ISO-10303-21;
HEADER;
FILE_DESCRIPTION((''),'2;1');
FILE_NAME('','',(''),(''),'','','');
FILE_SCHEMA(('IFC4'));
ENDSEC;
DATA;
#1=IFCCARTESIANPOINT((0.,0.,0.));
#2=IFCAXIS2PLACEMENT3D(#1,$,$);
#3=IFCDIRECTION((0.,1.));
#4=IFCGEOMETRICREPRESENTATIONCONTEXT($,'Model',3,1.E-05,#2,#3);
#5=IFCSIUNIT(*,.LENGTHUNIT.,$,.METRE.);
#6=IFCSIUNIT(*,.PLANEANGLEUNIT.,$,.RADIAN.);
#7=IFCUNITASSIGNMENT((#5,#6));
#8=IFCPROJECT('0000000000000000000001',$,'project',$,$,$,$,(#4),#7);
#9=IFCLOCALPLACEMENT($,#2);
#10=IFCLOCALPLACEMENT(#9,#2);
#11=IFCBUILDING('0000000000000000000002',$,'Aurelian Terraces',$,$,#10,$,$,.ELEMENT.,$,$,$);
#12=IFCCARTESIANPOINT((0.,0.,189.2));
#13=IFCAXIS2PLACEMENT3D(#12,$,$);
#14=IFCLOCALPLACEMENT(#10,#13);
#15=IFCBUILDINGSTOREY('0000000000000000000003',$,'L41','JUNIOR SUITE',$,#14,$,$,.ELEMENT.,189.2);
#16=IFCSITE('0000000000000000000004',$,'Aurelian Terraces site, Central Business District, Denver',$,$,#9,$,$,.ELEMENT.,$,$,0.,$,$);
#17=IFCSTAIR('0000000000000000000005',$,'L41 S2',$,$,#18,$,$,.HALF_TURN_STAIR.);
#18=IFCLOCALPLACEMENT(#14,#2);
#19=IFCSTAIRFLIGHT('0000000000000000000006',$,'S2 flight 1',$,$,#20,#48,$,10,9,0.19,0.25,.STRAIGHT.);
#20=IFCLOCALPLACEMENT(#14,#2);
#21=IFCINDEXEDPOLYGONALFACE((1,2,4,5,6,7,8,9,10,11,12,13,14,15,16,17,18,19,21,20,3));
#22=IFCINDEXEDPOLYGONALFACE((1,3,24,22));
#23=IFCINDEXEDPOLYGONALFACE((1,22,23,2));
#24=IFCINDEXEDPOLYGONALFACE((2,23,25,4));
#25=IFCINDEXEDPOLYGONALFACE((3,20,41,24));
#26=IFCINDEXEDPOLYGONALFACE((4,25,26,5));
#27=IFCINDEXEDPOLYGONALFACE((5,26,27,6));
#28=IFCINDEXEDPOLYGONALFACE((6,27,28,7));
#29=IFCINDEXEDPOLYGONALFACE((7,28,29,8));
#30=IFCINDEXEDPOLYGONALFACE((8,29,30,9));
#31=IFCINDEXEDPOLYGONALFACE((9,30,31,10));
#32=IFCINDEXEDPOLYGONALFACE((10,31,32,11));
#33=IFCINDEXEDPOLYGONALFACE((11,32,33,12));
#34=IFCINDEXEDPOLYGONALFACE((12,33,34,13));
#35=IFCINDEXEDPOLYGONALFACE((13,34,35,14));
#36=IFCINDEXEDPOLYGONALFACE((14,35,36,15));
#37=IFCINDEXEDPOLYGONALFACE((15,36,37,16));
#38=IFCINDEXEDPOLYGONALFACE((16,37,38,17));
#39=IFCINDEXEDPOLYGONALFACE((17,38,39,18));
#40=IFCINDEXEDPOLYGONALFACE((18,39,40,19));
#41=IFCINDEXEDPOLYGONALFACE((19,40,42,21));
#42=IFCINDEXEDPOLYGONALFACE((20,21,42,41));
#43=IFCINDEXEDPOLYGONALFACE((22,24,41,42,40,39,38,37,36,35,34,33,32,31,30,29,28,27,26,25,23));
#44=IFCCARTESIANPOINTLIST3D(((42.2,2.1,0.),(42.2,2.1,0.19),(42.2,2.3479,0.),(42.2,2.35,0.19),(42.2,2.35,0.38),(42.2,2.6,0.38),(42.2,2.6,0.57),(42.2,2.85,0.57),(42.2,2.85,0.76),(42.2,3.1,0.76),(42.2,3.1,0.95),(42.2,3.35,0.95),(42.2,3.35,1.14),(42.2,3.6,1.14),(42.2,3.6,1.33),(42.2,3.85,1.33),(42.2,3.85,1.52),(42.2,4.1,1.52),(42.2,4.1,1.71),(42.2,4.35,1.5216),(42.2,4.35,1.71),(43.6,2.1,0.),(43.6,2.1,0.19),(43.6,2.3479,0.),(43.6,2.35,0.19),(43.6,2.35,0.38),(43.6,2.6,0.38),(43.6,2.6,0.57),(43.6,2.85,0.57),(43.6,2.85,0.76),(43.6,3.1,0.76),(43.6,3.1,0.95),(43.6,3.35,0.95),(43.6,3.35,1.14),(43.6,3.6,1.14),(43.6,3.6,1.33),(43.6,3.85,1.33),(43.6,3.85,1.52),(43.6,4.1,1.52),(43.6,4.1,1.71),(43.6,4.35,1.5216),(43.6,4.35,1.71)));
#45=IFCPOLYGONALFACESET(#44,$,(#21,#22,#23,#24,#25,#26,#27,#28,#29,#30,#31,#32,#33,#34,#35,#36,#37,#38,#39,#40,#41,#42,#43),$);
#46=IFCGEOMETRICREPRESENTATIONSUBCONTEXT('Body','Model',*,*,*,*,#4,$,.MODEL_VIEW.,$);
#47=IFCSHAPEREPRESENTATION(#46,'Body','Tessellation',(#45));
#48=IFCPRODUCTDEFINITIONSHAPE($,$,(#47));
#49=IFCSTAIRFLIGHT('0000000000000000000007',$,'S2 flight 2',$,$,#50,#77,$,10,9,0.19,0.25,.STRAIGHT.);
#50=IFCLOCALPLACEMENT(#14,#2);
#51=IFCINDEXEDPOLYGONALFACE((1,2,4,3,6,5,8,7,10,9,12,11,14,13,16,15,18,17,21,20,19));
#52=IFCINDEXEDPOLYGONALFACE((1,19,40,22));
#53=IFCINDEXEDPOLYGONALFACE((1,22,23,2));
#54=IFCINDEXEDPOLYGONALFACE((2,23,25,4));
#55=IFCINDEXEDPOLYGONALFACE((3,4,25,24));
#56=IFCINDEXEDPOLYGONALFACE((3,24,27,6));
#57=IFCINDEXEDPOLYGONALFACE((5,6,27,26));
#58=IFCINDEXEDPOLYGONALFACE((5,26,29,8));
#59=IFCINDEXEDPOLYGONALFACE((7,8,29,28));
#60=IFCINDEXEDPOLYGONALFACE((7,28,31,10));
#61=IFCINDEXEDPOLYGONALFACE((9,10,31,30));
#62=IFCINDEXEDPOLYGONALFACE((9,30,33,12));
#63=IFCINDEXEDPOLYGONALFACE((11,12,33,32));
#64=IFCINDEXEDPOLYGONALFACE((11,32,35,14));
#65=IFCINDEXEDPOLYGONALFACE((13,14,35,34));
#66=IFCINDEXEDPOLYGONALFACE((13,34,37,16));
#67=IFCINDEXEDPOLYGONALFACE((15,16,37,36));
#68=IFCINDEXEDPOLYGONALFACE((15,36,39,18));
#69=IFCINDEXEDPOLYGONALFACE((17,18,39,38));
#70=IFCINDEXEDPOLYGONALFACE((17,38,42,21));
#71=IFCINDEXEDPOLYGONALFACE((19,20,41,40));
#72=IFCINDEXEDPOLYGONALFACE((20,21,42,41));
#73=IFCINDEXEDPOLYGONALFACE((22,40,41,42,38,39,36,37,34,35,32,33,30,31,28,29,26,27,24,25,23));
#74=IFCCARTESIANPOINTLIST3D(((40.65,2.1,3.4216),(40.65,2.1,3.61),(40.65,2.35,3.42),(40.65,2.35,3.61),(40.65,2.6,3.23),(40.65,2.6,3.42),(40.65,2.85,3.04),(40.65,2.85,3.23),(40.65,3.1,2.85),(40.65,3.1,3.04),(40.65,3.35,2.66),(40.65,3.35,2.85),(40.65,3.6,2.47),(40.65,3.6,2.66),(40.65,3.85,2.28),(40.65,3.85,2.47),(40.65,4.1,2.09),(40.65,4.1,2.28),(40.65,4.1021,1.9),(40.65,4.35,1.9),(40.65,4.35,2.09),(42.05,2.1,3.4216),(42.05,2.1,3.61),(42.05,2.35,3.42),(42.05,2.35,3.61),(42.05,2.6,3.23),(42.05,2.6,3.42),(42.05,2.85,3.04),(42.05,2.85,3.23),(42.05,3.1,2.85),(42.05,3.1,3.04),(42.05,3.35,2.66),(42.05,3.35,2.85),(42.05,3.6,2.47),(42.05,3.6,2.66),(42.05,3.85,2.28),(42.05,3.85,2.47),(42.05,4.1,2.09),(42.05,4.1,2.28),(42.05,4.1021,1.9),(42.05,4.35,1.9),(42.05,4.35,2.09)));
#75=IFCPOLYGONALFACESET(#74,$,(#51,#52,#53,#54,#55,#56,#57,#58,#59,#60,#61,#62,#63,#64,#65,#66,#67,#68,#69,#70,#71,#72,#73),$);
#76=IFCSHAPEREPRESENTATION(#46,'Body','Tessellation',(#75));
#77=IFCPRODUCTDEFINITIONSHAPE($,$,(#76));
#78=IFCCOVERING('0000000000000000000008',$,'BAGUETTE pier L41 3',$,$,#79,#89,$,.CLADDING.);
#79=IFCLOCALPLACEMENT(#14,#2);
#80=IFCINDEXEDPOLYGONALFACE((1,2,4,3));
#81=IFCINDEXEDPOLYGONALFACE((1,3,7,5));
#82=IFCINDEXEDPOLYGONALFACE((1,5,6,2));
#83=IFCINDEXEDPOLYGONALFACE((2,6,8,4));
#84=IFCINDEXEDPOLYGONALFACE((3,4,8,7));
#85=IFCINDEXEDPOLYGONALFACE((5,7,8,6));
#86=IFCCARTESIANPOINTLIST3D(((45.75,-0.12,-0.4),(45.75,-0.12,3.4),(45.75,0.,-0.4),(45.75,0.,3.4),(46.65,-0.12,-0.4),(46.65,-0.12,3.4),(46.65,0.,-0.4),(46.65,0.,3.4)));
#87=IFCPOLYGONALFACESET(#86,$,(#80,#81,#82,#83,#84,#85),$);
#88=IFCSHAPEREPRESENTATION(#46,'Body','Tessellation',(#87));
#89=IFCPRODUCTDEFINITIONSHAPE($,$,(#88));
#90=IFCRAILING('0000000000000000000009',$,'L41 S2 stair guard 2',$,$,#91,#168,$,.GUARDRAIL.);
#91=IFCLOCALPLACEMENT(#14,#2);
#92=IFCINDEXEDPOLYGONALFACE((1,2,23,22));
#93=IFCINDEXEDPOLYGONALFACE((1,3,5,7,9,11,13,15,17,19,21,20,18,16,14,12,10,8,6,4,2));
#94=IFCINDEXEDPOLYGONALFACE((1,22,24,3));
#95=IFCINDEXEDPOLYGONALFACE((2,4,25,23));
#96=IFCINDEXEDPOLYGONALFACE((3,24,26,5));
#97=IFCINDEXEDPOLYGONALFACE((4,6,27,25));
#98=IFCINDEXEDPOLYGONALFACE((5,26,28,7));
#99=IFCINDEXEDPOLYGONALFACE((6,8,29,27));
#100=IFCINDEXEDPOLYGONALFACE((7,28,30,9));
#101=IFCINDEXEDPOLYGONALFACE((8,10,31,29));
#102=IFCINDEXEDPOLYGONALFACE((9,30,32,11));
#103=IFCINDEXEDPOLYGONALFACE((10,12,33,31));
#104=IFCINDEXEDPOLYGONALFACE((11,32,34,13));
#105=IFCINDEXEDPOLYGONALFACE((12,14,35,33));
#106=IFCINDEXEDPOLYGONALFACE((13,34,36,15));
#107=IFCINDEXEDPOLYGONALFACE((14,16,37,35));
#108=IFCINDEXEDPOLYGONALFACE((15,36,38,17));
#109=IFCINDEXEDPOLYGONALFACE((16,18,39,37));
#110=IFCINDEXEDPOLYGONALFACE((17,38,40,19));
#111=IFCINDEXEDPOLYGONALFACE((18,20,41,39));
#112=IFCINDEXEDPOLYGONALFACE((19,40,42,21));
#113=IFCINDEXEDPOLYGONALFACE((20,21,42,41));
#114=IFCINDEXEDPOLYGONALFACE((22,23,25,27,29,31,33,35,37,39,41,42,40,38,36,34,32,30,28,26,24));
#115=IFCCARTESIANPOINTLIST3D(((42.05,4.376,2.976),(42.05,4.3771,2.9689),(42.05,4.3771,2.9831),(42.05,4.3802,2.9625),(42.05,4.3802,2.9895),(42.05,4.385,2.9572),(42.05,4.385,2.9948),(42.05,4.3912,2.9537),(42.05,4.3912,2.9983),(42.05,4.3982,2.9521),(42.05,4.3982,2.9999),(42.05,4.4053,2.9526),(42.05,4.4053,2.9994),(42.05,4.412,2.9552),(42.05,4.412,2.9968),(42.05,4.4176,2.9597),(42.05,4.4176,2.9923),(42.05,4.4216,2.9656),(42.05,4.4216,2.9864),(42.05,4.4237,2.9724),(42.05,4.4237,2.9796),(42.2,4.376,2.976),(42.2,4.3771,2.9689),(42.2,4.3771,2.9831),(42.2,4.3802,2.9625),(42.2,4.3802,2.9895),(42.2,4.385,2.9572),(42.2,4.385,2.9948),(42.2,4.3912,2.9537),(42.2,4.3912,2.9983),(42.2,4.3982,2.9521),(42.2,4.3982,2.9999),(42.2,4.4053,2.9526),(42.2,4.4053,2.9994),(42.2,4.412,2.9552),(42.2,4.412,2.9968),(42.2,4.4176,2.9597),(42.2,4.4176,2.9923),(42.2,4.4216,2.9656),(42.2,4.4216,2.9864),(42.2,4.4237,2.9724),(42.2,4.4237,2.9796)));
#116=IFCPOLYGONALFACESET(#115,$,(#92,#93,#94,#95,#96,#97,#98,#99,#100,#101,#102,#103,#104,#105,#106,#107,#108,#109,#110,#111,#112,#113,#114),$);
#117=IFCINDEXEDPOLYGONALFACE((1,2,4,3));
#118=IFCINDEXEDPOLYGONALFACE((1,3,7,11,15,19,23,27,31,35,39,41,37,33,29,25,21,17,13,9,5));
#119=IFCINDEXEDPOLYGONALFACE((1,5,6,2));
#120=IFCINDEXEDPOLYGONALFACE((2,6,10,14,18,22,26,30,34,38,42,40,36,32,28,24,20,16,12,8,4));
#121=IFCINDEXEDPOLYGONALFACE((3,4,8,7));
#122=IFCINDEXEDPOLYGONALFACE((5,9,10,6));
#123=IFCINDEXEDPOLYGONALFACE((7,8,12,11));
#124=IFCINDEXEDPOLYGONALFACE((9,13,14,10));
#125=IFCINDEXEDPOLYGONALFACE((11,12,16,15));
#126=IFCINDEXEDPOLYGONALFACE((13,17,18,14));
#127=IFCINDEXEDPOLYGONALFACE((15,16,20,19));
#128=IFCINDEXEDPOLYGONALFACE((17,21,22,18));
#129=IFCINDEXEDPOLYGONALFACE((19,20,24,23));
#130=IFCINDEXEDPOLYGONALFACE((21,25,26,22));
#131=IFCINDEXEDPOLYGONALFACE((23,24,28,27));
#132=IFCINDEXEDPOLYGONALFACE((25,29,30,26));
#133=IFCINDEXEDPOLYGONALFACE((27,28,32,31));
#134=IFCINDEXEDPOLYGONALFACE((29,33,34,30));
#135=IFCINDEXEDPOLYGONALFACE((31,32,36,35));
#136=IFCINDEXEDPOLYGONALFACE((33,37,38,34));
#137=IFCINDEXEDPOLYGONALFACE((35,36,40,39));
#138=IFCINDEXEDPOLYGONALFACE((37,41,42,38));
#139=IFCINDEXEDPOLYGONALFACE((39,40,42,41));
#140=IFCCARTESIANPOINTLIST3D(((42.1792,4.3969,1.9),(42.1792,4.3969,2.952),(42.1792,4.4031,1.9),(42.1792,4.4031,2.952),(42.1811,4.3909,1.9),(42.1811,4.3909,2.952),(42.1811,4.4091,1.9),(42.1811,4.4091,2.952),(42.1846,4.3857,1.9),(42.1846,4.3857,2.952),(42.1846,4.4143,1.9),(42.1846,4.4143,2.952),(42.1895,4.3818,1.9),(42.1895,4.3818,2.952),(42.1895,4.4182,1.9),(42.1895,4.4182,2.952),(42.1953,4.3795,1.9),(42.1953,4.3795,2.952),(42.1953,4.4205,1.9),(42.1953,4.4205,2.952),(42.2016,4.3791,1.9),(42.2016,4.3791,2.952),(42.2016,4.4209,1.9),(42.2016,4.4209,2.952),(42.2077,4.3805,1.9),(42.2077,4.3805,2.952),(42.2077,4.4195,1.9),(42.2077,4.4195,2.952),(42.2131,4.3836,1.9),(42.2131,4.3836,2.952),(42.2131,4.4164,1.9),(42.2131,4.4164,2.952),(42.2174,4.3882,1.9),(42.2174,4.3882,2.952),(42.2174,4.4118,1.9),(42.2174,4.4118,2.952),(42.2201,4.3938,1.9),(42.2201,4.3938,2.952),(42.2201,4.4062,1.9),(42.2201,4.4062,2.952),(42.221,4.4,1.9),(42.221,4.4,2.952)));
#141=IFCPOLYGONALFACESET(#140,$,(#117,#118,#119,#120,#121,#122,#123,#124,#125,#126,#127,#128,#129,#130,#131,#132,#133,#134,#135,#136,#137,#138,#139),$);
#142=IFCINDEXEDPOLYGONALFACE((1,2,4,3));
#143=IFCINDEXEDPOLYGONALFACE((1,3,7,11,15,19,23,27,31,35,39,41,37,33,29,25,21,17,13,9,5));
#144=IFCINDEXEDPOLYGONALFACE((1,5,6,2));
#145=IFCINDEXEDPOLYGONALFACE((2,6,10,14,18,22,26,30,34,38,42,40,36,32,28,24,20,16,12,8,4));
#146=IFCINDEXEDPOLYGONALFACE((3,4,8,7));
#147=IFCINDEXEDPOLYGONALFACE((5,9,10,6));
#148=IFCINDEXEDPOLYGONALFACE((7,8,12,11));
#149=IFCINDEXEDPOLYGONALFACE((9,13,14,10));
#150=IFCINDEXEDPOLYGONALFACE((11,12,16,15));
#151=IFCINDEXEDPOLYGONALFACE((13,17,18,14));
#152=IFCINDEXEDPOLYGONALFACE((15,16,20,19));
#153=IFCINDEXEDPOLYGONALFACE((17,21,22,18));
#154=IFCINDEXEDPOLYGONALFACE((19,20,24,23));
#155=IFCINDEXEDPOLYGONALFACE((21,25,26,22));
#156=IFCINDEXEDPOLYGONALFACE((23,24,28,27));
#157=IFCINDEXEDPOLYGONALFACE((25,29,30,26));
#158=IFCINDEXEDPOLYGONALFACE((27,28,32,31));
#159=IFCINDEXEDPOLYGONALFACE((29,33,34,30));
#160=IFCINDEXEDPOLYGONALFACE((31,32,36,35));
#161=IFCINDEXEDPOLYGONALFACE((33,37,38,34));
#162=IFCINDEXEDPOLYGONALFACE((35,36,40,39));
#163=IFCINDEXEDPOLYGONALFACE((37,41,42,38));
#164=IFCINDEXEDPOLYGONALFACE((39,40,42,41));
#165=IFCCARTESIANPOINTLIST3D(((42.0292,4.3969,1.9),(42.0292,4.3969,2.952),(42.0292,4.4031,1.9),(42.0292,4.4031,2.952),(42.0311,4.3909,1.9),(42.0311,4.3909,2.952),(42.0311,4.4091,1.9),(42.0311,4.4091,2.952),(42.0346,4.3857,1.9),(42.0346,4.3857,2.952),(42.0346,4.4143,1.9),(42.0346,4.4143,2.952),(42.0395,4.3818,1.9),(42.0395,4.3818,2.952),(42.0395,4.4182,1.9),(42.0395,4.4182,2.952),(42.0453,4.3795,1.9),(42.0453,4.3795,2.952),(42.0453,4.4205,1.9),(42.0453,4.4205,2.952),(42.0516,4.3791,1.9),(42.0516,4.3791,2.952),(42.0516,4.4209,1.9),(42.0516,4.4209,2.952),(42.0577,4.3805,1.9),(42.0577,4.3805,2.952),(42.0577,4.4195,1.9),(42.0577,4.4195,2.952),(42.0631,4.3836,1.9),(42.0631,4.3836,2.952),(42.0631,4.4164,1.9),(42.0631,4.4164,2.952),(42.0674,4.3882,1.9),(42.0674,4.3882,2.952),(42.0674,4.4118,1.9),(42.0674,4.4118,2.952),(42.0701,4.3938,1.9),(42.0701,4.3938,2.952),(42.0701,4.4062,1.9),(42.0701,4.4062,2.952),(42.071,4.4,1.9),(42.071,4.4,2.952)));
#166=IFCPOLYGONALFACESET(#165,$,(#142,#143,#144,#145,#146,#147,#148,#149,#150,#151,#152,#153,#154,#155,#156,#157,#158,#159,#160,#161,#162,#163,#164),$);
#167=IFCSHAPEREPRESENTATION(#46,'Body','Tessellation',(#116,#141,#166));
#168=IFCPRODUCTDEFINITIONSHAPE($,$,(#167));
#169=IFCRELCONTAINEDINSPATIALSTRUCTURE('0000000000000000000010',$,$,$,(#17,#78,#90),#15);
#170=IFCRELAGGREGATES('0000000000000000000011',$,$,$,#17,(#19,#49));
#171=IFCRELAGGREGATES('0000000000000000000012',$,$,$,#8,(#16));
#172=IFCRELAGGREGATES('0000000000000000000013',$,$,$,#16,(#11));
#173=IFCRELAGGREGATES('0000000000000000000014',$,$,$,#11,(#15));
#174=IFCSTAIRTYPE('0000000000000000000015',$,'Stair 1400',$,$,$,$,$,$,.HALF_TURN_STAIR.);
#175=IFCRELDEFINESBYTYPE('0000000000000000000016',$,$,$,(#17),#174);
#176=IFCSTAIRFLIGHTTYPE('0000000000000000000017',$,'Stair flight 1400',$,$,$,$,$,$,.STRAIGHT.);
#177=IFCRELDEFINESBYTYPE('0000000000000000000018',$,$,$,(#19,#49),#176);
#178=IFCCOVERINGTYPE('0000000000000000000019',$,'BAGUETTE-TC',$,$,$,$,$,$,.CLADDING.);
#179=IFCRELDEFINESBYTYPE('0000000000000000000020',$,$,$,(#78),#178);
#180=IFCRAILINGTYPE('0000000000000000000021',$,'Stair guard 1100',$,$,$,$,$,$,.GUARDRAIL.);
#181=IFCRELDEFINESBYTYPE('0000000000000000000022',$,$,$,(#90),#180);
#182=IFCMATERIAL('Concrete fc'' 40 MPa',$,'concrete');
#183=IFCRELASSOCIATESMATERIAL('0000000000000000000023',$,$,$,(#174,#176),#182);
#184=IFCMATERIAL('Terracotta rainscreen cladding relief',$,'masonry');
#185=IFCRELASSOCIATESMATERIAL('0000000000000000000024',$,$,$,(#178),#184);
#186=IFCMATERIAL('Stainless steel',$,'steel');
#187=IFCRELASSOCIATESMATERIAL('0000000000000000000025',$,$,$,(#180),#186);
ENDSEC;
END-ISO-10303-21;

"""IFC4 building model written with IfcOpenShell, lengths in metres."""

from ifc_helpers import new_model, si_unit, direction, frame, origin, origin_2d, place, context, subcontext, project, spatial, polyline, rectangle, circle, outline, extrude, source, transform, mapped, material, type_object, element, aggregate, save


model = new_model("IFC4")

# Units and contexts
model_context = context("Model", 3, precision=1e-05, world=origin(), true_north=direction((0.0, 1.0)))
body_context = subcontext(model_context, "Body", "Model", "MODEL_VIEW")
ifc_project = project(units=[si_unit("LENGTHUNIT", "METRE"), si_unit("PLANEANGLEUNIT", "RADIAN")], contexts=[model_context])

# Site, building, storey
site_placement = place(None, origin())
site = spatial("IfcSite", under=ifc_project, at=site_placement, Name="Aurelian Terraces site, Central Business District, Denver", CompositionType="ELEMENT", RefElevation=0.0)
building_placement = place(site_placement, origin())
building = spatial("IfcBuilding", under=site, at=building_placement, Name="Aurelian Terraces", CompositionType="ELEMENT")
storey_placement = place(building_placement, frame((0.0, 0.0, 189.2)))
storey = spatial("IfcBuildingStorey", under=building, at=storey_placement, Name="L41", Description="JUNIOR SUITE", CompositionType="ELEMENT", Elevation=189.2)

# Shared definitions
ifc_material_1 = material(Name="Concrete fc' 40 MPa", Category="concrete")

# Stair, stair flights
stair_type = type_object("IfcStairType", Name="Stair 1400", PredefinedType="HALF_TURN_STAIR", material=ifc_material_1)
stair_placement = place(storey_placement, origin())
stair = element("IfcStair", 1, at=stair_placement, inside=storey, type_object=stair_type, Name="L41 S2", PredefinedType="HALF_TURN_STAIR")
stair_flight_type = type_object("IfcStairFlightType", Name="Stair flight 1400", PredefinedType="STRAIGHT", material=ifc_material_1)
shared_shape_1 = source(origin(), body_context, "Body", "SweptSolid", [
    extrude(outline(polyline([(0.0, 0.0), (0.0, 0.19), (0.25, 0.19), (0.25, 0.38), (0.5, 0.38), (0.5, 0.57), (0.75, 0.57), (0.75, 0.76), (1.0, 0.76), (1.0, 0.95), (1.25, 0.95), (1.25, 1.14), (1.5, 1.14), (1.5, 1.33), (1.75, 1.33), (1.75, 1.52), (2.0, 1.52), (2.0, 1.71), (2.25, 1.71), (2.25, 1.9), (2.25, 1.5216), (0.2479, 0.0), (0.0, 0.0)])), frame((0.0, 0.7, 0.0), z_axis=(0.0, -1.0, 0.0), x_axis=(1.0, 0.0, 0.0)), (0.0, 0.0, 1.0), 1.4),
])
stair_flight_1_placement = place(storey_placement, frame((42.9, 2.1, 0.0), z_axis=(0.0, 0.0, 1.0), x_axis=(0.0, 1.0, 0.0)))
stair_flight_1 = element("IfcStairFlight", 2, at=stair_flight_1_placement, type_object=stair_flight_type, Name="S2 flight 1", NumberOfRisers=10, NumberOfTreads=9, PredefinedType="STRAIGHT", RiserHeight=0.19, TreadLength=0.25, context=body_context, shape_type="MappedRepresentation", body=[
    mapped(shared_shape_1, transform((0.0, 0.0, 0.0), scale=1.0)),
])
stair_flight_2_placement = place(storey_placement, frame((41.35, 4.35, 1.9), z_axis=(0.0, 0.0, 1.0), x_axis=(0.0, -1.0, 0.0)))
stair_flight_2 = element("IfcStairFlight", 3, at=stair_flight_2_placement, type_object=stair_flight_type, Name="S2 flight 2", NumberOfRisers=10, NumberOfTreads=9, PredefinedType="STRAIGHT", RiserHeight=0.19, TreadLength=0.25, context=body_context, shape_type="MappedRepresentation", body=[
    mapped(shared_shape_1, transform((0.0, 0.0, 0.0), scale=1.0)),
])
aggregate(stair, [stair_flight_1, stair_flight_2])

# Covering
ifc_material_2 = material(Name="Terracotta rainscreen cladding relief", Category="masonry")
covering_type = type_object("IfcCoveringType", Name="BAGUETTE-TC", PredefinedType="CLADDING", material=ifc_material_2)
shared_shape_2 = source(origin(), body_context, "Body", "SweptSolid", [
    extrude(rectangle(XDim=0.9, YDim=0.12, at=origin_2d()), origin(), (0.0, 0.0, 1.0), 3.8),
])
covering_placement = place(storey_placement, frame((46.2, -0.06, -0.4), z_axis=(0.0, 0.0, 1.0), x_axis=(1.0, 0.0, 0.0)))
element("IfcCovering", 4, at=covering_placement, inside=storey, type_object=covering_type, Name="BAGUETTE pier L41 3", PredefinedType="CLADDING", context=body_context, shape_type="MappedRepresentation", body=[
    mapped(shared_shape_2, transform((0.0, 0.0, 0.0), scale=1.0)),
])

# Railing
ifc_material_3 = material(Name="Stainless steel", Category="steel")
railing_type_1 = type_object("IfcRailingType", Name="Stair guard 1100", PredefinedType="GUARDRAIL", material=ifc_material_3)
shared_shape_3 = source(origin(), body_context, "Body", "SweptSolid", [
    extrude(circle(Radius=0.024, at=origin_2d()), frame((0.0, 0.0, 1.076), z_axis=(-1.0, 0.0, 0.0), x_axis=(0.0, -1.0, 0.0)), (0.0, 0.0, 1.0), 0.15),
    extrude(circle(Radius=0.021, at=origin_2d()), origin(), (0.0, 0.0, 1.0), 1.052),
    extrude(circle(Radius=0.021, at=origin_2d()), frame((-0.15, 0.0, 0.0)), (0.0, 0.0, 1.0), 1.052),
])
for number, where, name in (
    (5, (42.2, 4.4, 1.9), "L41 S2 stair guard 2"),
):
    element("IfcRailing", number, at=place(storey_placement, frame(where)), inside=storey, type_object=railing_type_1, Name=name, PredefinedType="GUARDRAIL", context=body_context, shape_type="MappedRepresentation", body=[
        mapped(shared_shape_3, transform((0.0, 0.0, 0.0), scale=1.0)),
    ])

save(model, "model.ifc")
